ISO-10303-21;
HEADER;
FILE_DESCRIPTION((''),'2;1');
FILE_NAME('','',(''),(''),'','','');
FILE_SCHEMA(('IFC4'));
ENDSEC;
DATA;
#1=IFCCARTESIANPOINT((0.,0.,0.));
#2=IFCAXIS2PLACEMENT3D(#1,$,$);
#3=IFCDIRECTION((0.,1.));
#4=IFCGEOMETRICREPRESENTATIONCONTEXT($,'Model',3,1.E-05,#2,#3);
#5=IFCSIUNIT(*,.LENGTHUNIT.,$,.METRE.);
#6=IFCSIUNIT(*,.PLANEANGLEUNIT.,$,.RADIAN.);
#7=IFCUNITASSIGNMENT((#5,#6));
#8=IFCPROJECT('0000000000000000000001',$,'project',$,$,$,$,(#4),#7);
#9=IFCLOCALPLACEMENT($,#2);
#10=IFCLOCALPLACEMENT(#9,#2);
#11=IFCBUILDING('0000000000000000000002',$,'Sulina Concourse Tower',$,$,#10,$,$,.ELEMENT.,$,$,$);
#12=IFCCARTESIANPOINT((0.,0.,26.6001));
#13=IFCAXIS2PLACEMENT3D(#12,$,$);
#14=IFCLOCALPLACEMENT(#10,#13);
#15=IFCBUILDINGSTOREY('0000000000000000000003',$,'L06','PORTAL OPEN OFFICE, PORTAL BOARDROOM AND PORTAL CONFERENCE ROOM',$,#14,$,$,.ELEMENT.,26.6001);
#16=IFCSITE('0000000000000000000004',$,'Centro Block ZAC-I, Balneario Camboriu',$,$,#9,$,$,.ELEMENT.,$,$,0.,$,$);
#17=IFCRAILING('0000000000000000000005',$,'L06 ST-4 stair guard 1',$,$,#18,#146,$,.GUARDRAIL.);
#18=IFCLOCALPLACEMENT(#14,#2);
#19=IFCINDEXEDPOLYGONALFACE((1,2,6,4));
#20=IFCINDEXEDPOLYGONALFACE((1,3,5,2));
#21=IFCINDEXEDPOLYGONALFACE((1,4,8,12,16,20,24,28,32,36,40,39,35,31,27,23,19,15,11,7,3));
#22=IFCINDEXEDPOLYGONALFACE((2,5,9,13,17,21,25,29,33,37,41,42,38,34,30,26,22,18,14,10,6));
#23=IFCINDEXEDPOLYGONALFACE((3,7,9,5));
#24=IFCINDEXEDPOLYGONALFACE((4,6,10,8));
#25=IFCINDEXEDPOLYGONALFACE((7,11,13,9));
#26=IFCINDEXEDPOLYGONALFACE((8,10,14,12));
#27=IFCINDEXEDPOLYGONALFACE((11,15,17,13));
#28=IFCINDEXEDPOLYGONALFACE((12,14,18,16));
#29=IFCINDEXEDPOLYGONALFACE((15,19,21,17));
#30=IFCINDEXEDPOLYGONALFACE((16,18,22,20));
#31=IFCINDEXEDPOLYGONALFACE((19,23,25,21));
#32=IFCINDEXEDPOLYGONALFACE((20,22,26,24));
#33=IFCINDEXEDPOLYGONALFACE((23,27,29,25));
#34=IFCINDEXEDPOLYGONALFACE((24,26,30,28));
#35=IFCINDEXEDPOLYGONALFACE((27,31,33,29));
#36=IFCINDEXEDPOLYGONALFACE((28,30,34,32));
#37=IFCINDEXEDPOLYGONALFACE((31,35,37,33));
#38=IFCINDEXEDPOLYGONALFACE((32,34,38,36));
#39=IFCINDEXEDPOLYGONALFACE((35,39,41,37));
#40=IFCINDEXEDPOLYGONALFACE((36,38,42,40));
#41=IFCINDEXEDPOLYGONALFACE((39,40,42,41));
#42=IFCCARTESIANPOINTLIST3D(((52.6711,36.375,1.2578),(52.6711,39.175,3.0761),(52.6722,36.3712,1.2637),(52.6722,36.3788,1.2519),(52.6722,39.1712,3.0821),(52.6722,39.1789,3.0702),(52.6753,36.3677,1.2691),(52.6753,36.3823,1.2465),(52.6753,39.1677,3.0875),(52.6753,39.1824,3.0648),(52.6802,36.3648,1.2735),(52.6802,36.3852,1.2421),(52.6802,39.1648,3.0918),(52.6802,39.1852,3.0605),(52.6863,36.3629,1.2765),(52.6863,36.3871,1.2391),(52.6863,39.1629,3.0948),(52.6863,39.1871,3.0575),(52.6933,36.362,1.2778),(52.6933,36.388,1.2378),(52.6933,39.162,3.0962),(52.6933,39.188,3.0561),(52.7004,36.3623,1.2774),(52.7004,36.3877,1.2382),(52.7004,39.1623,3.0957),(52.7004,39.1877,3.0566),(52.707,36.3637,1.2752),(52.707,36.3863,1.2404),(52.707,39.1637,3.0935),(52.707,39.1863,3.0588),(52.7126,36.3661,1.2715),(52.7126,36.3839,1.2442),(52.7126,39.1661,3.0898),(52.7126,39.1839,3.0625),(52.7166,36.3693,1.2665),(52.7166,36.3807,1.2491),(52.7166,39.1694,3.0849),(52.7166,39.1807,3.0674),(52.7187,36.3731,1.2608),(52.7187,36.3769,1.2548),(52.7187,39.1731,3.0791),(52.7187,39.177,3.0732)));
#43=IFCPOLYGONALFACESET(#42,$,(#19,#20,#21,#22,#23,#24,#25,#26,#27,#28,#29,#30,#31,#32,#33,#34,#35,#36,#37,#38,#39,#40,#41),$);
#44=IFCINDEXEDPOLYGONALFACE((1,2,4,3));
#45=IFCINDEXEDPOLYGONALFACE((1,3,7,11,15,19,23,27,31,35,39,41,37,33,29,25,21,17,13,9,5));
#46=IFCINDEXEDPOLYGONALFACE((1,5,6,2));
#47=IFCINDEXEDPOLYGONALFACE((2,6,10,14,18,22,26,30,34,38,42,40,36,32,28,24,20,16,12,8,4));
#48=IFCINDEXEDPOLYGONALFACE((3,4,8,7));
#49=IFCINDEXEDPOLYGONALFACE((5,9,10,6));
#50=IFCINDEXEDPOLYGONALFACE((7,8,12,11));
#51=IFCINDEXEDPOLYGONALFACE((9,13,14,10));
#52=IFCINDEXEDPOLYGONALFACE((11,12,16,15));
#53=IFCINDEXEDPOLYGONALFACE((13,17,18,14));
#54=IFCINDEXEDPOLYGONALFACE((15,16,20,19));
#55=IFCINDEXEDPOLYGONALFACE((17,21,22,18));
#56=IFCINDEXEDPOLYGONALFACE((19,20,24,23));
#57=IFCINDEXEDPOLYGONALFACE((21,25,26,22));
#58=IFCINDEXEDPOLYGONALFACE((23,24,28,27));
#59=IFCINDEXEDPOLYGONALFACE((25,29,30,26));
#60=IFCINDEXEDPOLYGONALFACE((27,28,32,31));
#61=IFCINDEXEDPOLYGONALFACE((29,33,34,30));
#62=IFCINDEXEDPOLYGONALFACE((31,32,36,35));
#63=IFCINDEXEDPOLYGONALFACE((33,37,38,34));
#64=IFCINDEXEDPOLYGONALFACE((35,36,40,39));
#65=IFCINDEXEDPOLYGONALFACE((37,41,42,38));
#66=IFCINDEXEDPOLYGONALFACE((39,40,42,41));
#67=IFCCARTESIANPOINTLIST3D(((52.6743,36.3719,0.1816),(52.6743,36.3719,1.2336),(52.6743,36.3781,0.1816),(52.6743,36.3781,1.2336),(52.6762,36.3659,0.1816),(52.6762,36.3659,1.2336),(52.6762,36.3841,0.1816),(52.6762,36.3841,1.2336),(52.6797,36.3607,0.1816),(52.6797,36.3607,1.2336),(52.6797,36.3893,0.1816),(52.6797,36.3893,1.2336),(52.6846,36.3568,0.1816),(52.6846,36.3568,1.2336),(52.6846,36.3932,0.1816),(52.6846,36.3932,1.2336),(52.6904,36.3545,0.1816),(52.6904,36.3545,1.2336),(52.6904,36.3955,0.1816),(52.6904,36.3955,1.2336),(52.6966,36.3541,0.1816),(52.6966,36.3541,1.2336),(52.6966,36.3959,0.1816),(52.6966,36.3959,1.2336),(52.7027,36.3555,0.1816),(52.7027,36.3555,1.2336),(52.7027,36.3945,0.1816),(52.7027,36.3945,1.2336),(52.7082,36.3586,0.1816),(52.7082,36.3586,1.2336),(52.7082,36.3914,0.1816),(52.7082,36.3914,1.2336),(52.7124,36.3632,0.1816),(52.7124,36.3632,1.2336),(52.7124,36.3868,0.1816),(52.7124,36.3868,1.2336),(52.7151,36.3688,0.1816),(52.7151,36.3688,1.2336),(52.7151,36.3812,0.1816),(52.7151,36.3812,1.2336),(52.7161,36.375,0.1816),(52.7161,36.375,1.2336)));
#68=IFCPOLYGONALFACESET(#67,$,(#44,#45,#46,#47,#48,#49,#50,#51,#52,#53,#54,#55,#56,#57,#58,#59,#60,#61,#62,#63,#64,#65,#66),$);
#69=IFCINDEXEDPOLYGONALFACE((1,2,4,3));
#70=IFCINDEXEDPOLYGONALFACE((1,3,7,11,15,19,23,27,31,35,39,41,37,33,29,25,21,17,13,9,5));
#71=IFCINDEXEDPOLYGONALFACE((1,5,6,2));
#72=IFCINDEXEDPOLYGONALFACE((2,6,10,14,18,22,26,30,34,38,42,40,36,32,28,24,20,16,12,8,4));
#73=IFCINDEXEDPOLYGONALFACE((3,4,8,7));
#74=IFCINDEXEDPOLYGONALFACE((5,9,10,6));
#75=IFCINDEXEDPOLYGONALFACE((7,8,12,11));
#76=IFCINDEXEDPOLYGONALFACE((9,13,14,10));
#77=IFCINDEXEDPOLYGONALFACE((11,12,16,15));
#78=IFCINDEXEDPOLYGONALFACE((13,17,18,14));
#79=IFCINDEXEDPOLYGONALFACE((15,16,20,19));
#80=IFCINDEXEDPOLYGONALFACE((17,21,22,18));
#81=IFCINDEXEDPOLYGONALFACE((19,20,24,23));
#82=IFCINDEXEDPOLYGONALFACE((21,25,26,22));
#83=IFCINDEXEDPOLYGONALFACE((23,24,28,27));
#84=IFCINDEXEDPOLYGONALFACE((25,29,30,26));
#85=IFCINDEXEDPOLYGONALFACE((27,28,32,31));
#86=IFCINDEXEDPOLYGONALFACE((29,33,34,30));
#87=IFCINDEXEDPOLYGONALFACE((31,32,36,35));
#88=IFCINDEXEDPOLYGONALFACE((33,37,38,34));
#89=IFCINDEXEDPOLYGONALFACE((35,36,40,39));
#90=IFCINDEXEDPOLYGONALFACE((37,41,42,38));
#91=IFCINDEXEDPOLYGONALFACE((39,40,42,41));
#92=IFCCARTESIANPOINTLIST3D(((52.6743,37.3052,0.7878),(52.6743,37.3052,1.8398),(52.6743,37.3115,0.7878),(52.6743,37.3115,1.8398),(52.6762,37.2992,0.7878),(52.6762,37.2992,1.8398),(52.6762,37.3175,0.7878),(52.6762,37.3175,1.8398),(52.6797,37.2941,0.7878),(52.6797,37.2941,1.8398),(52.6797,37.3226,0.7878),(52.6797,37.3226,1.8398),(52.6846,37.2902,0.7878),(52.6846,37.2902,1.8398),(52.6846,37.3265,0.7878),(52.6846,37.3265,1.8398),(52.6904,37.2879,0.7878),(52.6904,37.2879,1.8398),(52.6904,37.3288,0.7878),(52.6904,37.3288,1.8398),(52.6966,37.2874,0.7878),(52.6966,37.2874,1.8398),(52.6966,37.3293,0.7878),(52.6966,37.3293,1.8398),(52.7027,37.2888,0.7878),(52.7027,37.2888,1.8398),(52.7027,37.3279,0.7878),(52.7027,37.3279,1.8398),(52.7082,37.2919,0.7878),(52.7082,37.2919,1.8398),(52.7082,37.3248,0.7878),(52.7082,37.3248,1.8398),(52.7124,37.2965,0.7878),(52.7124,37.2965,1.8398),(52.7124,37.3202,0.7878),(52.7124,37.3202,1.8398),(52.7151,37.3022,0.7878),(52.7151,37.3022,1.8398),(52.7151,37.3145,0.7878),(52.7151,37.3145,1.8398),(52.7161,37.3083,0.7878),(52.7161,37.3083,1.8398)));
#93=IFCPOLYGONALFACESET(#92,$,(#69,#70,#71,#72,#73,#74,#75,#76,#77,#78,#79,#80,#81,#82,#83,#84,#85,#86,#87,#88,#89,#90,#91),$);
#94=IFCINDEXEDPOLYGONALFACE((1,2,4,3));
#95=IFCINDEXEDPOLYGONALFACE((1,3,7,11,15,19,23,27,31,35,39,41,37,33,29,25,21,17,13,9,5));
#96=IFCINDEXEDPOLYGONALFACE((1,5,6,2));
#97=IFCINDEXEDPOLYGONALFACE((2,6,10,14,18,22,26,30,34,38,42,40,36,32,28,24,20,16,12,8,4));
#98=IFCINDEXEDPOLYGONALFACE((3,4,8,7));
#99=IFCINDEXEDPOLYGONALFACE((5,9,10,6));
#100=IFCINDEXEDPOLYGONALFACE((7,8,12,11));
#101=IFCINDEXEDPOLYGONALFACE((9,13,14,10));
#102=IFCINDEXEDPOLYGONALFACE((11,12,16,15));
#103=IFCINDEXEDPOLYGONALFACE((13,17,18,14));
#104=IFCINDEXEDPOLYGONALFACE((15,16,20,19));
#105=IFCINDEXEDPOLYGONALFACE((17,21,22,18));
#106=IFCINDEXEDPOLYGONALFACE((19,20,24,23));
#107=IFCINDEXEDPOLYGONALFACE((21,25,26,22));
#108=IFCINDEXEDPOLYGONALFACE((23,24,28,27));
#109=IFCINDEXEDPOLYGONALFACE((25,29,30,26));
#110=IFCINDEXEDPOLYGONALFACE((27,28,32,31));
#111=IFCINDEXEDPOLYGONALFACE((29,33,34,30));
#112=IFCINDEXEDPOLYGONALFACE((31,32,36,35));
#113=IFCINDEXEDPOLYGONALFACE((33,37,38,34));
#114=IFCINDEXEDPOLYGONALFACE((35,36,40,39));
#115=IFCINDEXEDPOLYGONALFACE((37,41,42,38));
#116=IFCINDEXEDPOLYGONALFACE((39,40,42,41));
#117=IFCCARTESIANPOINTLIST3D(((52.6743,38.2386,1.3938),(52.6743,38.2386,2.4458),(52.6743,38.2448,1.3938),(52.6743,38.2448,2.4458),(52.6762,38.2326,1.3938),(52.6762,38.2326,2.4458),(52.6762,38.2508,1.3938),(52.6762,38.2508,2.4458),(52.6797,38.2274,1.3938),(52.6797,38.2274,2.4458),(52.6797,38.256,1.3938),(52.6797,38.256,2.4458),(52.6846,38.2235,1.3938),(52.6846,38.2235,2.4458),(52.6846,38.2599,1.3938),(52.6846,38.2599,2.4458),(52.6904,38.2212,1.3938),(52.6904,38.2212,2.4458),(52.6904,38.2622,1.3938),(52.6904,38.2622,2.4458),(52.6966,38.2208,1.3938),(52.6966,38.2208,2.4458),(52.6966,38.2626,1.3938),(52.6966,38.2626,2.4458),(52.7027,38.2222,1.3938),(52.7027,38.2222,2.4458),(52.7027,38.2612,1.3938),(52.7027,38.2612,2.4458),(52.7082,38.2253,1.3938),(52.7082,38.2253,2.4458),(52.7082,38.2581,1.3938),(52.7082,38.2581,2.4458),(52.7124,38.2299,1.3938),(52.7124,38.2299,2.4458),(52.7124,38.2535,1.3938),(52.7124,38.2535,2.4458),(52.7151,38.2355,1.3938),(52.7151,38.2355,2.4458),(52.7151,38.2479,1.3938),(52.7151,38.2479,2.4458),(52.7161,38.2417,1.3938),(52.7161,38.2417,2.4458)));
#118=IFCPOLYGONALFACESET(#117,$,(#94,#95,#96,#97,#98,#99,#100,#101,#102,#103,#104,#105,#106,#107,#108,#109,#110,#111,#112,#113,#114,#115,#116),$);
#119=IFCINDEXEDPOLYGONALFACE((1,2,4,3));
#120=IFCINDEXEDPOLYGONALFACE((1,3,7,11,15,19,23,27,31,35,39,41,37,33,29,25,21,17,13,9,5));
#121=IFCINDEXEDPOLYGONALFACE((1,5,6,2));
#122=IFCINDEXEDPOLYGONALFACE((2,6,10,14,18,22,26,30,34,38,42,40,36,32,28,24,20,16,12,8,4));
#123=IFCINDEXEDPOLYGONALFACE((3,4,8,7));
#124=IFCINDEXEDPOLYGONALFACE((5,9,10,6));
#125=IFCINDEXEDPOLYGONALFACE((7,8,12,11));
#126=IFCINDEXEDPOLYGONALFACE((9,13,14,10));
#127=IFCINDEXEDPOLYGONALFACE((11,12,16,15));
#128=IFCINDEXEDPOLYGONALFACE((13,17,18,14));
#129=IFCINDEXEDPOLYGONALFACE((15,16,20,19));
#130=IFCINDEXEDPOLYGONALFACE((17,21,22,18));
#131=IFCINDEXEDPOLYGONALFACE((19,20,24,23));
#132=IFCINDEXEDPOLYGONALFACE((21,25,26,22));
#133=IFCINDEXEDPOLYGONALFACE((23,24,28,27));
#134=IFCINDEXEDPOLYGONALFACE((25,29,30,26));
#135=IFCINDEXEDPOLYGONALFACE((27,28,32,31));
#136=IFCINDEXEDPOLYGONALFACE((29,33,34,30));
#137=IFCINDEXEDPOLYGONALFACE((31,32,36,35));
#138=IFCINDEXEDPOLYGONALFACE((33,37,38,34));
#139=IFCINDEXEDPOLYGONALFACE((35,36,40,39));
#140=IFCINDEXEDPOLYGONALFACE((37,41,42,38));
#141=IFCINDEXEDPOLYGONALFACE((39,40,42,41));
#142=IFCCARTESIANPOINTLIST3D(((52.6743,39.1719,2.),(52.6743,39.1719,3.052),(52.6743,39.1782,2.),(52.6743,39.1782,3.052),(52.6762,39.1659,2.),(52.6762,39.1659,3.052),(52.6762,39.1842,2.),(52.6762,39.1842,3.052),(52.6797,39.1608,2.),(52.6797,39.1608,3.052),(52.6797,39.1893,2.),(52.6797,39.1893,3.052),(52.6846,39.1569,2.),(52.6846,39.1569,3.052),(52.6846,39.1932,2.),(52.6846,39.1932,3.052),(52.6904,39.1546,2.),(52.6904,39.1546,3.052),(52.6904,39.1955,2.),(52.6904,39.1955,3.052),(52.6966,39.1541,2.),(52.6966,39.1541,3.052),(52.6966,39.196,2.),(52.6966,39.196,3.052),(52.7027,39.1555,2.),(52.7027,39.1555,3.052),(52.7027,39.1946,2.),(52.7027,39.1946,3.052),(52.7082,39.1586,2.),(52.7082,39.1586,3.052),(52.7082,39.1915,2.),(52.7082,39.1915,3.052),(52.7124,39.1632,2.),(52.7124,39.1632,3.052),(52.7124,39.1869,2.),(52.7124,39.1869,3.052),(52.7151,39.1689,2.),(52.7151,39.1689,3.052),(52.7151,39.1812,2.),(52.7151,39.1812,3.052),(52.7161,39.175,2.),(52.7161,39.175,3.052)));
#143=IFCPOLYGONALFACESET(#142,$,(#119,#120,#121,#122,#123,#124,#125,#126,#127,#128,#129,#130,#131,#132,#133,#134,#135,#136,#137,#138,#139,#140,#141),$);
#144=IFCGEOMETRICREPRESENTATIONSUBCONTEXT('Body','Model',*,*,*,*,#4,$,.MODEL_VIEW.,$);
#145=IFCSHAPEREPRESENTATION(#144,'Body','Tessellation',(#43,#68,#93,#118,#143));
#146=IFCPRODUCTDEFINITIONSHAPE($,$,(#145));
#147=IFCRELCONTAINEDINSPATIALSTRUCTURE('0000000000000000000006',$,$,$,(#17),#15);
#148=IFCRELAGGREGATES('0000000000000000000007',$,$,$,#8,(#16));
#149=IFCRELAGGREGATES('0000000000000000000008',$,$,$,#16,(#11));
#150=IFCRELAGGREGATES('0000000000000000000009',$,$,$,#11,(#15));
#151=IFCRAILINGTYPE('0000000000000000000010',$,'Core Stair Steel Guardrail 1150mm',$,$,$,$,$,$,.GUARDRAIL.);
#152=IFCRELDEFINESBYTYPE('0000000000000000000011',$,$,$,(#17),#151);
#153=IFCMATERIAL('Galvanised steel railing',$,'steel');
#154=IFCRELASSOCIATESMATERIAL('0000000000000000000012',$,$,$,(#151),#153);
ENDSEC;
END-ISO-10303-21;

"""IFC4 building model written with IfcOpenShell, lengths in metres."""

from ifc_helpers import new_model, si_unit, direction, frame, origin, origin_2d, place, context, subcontext, project, spatial, circle, extrude, material, type_object, element, save


model = new_model("IFC4")

# Units and contexts
model_context = context("Model", 3, precision=1e-05, world=origin(), true_north=direction((0.0, 1.0)))
body_context = subcontext(model_context, "Body", "Model", "MODEL_VIEW")
ifc_project = project(units=[si_unit("LENGTHUNIT", "METRE"), si_unit("PLANEANGLEUNIT", "RADIAN")], contexts=[model_context])

# Site, building, storey
site_placement = place(None, origin())
site = spatial("IfcSite", under=ifc_project, at=site_placement, Name="Centro Block ZAC-I, Balneario Camboriu", CompositionType="ELEMENT", RefElevation=0.0)
building_placement = place(site_placement, origin())
building = spatial("IfcBuilding", under=site, at=building_placement, Name="Sulina Concourse Tower", CompositionType="ELEMENT")
storey_placement = place(building_placement, frame((0.0, 0.0, 26.6001)))
storey = spatial("IfcBuildingStorey", under=building, at=storey_placement, Name="L06", Description="PORTAL OPEN OFFICE, PORTAL BOARDROOM AND PORTAL CONFERENCE ROOM", CompositionType="ELEMENT", Elevation=26.6001)

# Railing
ifc_material_1 = material(Name="Galvanised steel railing", Category="steel")
railing_type_1 = type_object("IfcRailingType", Name="Core Stair Steel Guardrail 1150mm", PredefinedType="GUARDRAIL", material=ifc_material_1)
railing_1_placement = place(storey_placement, frame((52.6951, 36.375, 0.1816)))
element("IfcRailing", 1, at=railing_1_placement, inside=storey, type_object=railing_type_1, Name="L06 ST-4 stair guard 1", PredefinedType="GUARDRAIL", context=body_context, shape_type="SweptSolid", body=[
    extrude(circle(Radius=0.0239, at=origin_2d()), frame((0.0, 0.0, 1.0762), z_axis=(0.0, 0.838672, 0.544636), x_axis=(-1.0, 0.0, 0.0)), (0.0, 0.0, 1.0), 3.3386),
    extrude(circle(Radius=0.021, at=origin_2d()), origin(), (0.0, 0.0, 1.0), 1.052),
    extrude(circle(Radius=0.021, at=origin_2d()), frame((0.0, 0.9333, 0.6062)), (0.0, 0.0, 1.0), 1.052),
    extrude(circle(Radius=0.021, at=origin_2d()), frame((0.0, 1.8667, 1.2122)), (0.0, 0.0, 1.0), 1.052),
    extrude(circle(Radius=0.021, at=origin_2d()), frame((0.0, 2.8, 1.8184)), (0.0, 0.0, 1.0), 1.052),
])

save(model, "model.ifc")
